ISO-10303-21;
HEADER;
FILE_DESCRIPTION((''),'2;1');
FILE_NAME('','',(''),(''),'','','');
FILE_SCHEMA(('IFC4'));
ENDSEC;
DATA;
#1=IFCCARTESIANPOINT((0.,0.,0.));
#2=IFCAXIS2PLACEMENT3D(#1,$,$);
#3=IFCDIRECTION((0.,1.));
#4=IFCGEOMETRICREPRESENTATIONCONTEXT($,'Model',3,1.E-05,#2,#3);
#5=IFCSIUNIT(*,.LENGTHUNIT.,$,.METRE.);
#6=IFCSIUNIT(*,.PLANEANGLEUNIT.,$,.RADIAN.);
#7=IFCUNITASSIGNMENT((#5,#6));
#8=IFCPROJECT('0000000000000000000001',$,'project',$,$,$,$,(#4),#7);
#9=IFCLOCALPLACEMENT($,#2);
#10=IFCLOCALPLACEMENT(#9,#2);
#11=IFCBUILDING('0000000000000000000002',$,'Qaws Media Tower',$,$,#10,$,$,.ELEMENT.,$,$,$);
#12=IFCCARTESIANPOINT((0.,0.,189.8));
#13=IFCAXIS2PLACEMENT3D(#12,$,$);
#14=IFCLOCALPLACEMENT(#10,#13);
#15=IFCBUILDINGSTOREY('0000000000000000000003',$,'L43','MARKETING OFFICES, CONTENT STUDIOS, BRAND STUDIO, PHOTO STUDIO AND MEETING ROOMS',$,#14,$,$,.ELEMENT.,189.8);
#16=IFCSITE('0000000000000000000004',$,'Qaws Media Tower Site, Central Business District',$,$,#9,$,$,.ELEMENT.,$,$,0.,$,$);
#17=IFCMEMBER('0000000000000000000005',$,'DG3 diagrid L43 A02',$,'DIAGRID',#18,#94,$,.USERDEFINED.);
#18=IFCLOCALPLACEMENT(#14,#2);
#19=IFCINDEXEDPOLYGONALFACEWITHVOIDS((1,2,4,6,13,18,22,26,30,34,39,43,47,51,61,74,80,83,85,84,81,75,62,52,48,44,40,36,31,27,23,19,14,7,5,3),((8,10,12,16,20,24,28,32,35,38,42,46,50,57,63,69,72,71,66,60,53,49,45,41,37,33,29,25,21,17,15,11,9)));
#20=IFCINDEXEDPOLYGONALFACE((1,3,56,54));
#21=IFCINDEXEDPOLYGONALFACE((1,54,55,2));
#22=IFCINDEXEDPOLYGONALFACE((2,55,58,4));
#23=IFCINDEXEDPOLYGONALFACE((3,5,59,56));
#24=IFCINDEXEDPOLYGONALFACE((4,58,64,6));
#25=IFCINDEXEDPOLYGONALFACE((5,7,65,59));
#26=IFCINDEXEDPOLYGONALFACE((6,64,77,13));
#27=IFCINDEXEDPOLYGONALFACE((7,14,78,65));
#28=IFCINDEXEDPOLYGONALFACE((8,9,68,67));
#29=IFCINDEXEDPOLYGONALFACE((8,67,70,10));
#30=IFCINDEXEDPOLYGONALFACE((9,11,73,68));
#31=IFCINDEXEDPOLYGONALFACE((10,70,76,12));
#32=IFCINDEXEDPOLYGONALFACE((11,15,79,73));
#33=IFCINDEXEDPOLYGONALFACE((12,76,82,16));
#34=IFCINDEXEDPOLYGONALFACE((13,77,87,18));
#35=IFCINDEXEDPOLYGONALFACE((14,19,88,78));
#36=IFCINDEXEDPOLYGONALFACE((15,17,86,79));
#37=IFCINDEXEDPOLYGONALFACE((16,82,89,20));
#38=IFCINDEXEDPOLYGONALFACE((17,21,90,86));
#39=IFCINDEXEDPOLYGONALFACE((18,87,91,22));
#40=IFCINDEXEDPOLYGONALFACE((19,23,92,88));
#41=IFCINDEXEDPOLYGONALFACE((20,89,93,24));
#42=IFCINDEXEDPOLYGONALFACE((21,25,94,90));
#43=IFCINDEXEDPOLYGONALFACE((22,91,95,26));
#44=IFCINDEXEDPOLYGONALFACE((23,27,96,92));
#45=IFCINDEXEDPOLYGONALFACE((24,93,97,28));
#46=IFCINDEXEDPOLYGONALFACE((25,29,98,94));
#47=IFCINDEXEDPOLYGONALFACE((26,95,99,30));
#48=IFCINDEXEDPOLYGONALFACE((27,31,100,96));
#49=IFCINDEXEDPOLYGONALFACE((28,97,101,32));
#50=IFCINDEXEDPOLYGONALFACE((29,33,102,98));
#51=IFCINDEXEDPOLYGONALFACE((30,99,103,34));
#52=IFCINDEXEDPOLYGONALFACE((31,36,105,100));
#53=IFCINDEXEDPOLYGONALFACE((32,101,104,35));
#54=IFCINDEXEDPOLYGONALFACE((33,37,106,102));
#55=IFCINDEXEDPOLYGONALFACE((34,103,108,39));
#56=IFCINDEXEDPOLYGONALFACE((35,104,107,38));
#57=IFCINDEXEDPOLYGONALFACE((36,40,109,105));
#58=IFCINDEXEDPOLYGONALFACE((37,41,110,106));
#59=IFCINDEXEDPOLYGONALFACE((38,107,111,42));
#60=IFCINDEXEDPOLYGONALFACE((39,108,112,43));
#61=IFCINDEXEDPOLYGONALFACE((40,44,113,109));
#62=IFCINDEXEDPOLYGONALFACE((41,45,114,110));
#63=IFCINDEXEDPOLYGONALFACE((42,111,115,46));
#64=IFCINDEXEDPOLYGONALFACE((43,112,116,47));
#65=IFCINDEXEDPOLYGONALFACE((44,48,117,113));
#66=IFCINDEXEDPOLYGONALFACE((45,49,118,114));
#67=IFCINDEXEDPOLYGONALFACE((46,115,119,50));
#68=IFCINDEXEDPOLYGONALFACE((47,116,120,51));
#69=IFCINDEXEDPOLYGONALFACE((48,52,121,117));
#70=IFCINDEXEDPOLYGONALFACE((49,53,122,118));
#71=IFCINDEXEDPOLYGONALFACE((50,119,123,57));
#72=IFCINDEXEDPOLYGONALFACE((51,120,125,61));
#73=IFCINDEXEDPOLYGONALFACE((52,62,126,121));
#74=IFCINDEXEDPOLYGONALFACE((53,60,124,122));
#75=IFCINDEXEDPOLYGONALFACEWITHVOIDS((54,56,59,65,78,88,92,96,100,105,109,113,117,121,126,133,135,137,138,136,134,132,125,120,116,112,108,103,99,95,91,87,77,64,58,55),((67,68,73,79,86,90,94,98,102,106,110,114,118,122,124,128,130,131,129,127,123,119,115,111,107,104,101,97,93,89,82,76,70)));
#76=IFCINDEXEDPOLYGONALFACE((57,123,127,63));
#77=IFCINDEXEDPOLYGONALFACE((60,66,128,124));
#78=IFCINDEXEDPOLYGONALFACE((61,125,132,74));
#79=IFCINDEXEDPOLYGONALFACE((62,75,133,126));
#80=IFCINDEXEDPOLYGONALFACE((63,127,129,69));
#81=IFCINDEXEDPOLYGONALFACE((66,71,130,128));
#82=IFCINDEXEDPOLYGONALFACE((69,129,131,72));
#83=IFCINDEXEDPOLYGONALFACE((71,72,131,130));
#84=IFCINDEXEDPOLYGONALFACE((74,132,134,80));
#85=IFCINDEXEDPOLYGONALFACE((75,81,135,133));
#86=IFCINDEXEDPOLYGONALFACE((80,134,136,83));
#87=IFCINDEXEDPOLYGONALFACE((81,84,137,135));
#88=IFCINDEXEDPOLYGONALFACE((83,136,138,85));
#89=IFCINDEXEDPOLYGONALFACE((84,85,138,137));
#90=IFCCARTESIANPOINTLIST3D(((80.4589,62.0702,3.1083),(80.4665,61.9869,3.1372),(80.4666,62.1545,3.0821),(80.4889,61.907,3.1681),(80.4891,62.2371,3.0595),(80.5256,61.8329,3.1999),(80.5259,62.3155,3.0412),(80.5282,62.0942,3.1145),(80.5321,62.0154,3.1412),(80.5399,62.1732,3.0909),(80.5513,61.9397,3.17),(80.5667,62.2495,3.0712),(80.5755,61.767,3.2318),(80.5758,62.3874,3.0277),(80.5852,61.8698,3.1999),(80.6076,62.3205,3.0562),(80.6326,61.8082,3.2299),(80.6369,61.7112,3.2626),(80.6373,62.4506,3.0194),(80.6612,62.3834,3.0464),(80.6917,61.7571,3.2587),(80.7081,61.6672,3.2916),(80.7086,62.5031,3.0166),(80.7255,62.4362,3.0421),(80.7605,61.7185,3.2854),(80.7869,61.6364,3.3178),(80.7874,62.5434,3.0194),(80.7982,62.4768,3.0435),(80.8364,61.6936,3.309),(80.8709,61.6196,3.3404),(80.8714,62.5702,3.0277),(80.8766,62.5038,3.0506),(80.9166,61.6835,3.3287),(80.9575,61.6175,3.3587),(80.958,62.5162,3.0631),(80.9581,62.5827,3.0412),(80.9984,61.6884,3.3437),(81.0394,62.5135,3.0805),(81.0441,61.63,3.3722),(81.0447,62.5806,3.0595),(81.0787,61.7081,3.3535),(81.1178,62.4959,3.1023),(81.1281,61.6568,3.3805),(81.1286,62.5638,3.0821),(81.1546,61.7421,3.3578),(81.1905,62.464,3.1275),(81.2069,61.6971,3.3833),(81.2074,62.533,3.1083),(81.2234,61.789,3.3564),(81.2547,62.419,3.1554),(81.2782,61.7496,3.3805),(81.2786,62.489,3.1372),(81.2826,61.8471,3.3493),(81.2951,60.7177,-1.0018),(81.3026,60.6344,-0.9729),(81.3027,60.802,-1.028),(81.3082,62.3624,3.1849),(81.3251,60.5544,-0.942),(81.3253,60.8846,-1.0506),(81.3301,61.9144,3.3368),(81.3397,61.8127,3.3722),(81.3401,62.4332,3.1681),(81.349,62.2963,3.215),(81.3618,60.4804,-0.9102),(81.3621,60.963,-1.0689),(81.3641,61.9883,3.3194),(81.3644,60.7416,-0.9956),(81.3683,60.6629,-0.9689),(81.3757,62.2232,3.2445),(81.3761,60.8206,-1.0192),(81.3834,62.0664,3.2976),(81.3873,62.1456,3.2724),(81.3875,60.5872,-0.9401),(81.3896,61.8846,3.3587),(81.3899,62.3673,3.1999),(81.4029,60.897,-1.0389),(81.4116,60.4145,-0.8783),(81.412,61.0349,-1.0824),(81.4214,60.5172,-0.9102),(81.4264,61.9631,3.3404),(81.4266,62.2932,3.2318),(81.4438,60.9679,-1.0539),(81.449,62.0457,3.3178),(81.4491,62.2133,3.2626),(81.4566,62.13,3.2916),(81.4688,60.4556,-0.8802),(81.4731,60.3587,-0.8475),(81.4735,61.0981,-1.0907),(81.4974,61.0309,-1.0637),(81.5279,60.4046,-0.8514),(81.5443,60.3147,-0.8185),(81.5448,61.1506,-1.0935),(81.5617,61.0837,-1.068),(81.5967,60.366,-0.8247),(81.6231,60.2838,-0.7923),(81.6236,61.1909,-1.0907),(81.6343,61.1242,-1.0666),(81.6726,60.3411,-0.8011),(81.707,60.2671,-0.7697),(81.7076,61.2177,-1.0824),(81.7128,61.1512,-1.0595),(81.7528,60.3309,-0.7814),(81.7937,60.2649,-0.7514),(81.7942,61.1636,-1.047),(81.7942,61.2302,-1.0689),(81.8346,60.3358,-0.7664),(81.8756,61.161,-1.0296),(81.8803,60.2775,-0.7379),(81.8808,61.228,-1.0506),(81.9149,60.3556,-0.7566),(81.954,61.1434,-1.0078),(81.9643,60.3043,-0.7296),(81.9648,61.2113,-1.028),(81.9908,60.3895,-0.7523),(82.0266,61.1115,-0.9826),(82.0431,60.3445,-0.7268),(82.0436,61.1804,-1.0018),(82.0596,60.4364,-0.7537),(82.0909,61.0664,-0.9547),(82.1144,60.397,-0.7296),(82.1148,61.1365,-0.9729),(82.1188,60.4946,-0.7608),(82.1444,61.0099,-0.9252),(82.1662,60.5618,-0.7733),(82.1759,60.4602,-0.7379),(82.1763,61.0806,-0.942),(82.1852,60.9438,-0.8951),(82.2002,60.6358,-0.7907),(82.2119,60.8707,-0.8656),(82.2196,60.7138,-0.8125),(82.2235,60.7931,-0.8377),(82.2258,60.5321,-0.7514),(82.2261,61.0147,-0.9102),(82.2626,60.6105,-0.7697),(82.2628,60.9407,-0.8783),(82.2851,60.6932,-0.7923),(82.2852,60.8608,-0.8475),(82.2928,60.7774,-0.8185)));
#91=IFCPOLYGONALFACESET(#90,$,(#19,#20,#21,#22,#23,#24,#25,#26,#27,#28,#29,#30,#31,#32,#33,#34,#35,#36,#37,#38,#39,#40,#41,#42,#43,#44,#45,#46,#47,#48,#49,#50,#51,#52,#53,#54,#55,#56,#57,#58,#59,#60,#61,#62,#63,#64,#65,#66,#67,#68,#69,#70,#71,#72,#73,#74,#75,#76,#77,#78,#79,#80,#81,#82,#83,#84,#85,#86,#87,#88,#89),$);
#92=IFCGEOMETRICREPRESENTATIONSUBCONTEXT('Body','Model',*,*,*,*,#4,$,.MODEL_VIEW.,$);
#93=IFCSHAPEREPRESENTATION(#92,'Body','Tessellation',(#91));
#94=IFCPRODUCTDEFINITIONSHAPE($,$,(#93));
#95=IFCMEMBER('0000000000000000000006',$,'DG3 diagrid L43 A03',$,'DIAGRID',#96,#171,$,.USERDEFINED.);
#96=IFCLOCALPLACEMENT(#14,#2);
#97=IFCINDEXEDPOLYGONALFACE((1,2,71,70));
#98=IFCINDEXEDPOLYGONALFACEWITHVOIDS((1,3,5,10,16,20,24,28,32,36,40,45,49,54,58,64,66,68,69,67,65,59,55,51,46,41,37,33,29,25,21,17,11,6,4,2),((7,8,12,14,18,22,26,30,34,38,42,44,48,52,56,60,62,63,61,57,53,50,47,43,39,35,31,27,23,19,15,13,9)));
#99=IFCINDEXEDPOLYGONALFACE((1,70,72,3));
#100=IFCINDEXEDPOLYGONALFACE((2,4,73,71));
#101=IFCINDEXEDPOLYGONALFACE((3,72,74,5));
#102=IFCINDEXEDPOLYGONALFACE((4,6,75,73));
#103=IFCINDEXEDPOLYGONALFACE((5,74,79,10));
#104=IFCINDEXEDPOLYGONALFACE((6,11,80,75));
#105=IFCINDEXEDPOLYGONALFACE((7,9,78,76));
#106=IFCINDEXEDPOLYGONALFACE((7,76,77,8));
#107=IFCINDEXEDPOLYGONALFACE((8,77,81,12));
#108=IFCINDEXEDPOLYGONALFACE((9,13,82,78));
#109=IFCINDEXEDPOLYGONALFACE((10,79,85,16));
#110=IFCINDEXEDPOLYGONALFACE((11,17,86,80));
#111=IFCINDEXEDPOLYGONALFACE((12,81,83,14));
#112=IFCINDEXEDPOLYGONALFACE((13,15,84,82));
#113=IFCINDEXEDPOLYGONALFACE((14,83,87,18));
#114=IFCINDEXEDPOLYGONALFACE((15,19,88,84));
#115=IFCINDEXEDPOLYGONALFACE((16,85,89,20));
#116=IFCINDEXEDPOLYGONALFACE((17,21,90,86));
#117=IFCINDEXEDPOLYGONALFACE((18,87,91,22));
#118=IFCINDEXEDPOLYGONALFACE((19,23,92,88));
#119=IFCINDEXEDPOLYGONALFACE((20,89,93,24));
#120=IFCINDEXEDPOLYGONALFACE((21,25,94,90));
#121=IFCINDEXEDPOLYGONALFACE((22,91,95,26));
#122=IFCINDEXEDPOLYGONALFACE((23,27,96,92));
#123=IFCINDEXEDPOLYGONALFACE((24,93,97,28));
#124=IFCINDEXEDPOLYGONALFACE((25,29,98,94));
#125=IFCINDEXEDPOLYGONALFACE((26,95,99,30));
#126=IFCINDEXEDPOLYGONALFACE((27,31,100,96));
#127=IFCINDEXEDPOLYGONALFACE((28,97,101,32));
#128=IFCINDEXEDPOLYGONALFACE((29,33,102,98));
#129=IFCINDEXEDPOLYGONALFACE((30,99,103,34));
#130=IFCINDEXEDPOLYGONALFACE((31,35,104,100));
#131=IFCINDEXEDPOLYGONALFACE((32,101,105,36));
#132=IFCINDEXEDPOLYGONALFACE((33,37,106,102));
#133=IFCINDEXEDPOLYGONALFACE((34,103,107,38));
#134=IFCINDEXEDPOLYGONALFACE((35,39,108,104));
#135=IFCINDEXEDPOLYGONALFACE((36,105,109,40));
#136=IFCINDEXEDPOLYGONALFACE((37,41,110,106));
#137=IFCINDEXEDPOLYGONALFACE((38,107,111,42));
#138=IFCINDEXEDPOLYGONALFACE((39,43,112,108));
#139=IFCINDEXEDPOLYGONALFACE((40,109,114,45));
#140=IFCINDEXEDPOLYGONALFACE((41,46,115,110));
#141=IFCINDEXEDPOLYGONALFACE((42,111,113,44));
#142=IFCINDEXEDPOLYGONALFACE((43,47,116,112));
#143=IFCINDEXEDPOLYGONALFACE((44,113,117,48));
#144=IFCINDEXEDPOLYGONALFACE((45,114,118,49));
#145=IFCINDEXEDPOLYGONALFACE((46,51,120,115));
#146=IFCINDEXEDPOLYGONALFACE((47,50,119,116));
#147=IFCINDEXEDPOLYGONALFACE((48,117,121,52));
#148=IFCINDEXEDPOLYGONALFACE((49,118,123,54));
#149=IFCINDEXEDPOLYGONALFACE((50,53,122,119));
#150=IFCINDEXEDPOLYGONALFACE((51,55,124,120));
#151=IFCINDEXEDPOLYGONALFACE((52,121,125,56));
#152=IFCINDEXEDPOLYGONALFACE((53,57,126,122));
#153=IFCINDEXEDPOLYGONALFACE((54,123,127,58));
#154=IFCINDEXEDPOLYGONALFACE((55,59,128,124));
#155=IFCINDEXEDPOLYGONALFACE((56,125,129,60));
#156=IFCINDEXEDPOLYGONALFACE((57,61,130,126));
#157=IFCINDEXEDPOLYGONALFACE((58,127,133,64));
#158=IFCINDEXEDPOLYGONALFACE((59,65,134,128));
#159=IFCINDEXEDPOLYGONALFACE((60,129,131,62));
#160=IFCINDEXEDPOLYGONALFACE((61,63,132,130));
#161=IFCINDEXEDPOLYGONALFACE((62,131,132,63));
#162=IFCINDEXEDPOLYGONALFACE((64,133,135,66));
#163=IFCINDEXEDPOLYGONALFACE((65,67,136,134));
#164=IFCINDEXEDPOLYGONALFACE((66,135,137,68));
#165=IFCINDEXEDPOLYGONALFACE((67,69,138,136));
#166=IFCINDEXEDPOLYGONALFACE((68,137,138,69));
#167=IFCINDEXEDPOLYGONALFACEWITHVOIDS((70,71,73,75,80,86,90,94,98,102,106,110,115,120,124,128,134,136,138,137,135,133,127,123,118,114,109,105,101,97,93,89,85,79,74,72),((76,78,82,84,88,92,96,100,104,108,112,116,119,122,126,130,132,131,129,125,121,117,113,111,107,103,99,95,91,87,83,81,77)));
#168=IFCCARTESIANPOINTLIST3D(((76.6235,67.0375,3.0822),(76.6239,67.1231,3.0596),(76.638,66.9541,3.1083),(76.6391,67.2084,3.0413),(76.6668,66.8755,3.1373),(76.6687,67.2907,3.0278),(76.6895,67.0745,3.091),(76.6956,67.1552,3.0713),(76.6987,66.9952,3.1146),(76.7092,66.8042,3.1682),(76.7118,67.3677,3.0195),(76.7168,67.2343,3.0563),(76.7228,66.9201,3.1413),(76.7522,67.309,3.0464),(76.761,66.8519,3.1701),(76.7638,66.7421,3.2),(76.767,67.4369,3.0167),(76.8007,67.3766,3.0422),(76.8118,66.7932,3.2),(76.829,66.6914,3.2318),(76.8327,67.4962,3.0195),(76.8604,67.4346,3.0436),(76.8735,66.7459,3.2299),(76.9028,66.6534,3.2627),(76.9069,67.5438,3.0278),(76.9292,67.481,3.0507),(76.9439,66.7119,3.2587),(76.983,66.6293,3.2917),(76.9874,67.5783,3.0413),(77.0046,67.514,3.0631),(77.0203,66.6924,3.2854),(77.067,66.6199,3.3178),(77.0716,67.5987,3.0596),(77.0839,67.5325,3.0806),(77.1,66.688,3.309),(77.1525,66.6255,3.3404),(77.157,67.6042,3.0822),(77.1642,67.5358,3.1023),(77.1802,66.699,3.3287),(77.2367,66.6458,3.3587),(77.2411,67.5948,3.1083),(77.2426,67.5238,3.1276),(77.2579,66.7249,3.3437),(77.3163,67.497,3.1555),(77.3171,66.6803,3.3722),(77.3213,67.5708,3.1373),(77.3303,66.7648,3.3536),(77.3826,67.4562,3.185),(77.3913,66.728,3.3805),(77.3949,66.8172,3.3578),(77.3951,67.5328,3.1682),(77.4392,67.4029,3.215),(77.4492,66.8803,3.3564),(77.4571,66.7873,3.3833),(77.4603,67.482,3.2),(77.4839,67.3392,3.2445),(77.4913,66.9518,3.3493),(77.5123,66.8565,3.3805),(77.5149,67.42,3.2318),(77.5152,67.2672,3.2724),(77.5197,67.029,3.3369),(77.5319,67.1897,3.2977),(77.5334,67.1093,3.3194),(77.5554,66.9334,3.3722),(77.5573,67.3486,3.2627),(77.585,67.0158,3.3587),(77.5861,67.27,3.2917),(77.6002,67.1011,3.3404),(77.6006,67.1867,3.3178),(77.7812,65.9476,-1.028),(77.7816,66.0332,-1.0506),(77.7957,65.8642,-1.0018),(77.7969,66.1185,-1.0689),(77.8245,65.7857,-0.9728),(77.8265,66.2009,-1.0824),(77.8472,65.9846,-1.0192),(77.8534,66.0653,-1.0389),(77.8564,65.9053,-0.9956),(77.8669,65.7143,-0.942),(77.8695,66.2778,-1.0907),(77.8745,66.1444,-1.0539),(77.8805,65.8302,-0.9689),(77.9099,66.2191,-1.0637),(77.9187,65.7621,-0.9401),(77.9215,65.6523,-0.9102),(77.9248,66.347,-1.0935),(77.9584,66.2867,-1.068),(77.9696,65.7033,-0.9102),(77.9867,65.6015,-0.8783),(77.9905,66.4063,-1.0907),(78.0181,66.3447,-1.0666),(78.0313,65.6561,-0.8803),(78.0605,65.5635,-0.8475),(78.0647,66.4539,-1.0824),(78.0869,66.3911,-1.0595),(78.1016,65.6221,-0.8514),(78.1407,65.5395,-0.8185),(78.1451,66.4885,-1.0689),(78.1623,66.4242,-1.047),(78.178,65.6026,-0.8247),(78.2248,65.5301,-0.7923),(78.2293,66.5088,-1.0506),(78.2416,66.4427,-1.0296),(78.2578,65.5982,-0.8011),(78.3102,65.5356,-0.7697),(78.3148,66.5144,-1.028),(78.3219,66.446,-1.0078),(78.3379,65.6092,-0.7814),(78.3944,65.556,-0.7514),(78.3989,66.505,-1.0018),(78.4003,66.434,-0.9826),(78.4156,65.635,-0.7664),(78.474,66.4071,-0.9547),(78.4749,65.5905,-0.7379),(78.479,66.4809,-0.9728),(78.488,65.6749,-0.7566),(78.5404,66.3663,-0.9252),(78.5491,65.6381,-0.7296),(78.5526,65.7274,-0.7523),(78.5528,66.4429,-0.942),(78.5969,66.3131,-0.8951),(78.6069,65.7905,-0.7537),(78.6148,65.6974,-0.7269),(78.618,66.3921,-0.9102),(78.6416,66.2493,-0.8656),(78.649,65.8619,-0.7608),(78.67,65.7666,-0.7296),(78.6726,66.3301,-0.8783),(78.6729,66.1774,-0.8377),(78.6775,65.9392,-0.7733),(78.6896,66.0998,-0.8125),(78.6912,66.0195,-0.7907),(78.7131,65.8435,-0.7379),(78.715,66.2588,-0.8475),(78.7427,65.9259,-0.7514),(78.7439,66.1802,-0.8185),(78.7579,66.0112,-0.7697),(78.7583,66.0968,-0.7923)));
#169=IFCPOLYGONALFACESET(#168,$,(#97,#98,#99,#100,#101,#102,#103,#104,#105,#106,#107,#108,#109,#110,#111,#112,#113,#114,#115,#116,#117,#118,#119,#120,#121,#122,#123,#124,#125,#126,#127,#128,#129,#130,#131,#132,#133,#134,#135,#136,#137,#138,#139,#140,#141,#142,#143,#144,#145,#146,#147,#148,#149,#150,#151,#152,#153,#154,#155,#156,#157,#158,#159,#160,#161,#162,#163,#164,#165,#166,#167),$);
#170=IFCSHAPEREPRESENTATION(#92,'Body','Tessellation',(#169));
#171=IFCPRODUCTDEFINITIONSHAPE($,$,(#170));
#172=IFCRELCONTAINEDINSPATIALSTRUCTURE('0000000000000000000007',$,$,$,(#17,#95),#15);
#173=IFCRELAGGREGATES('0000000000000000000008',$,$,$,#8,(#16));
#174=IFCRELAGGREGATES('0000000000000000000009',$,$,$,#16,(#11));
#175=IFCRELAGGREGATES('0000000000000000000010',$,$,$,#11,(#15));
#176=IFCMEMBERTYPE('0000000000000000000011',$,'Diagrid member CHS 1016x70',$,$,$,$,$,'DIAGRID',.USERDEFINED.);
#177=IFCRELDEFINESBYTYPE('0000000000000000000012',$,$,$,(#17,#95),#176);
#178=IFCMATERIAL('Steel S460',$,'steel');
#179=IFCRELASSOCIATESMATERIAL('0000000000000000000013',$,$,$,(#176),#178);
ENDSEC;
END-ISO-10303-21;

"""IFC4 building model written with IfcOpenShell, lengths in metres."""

from ifc_helpers import new_model, si_unit, direction, frame, origin, origin_2d, place, context, subcontext, project, spatial, hollow_circle, extrude, material, material_profile, profile_set, type_object, element, save


model = new_model("IFC4")

# Units and contexts
model_context = context("Model", 3, precision=1e-05, world=origin(), true_north=direction((0.0, 1.0)))
body_context = subcontext(model_context, "Body", "Model", "MODEL_VIEW")
ifc_project = project(units=[si_unit("LENGTHUNIT", "METRE"), si_unit("PLANEANGLEUNIT", "RADIAN")], contexts=[model_context])

# Site, building, storey
site_placement = place(None, origin())
site = spatial("IfcSite", under=ifc_project, at=site_placement, Name="Qaws Media Tower Site, Central Business District", CompositionType="ELEMENT", RefElevation=0.0)
building_placement = place(site_placement, origin())
building = spatial("IfcBuilding", under=site, at=building_placement, Name="Qaws Media Tower", CompositionType="ELEMENT")
storey_placement = place(building_placement, frame((0.0, 0.0, 189.8)))
storey = spatial("IfcBuildingStorey", under=building, at=storey_placement, Name="L43", Description="MARKETING OFFICES, CONTENT STUDIOS, BRAND STUDIO, PHOTO STUDIO AND MEETING ROOMS", CompositionType="ELEMENT", Elevation=189.8)

# Members
ifc_material_1 = material(Name="Steel S460", Category="steel")
ifc_material_profile_1 = material_profile(ifc_material_1, hollow_circle(Radius=0.5081, WallThickness=0.0701, at=origin_2d()), Name="CHS 1016x70")
ifc_profile_set_1 = profile_set([ifc_material_profile_1], Name="Steel S460")
member_type_1 = type_object("IfcMemberType", Name="Diagrid member CHS 1016x70", ElementType="DIAGRID", PredefinedType="USERDEFINED", material=ifc_profile_set_1)
for number, where, z_axis, x_axis, name in (
    (1, (81.7939, 60.7476, -0.9102), (-0.18974, 0.306908, 0.932634), (-0.850576, -0.525852, 0.0), "DG3 diagrid L43 A02"),
    (2, (78.2698, 66.0222, -0.9102), (-0.262703, 0.247302, 0.932646), (-0.685441, -0.728128, 0.0), "DG3 diagrid L43 A03"),
):
    element("IfcMember", number, at=place(storey_placement, frame(where, z_axis=z_axis, x_axis=x_axis)), inside=storey, type_object=member_type_1, Name=name, ObjectType="DIAGRID", PredefinedType="USERDEFINED", context=body_context, shape_type="SweptSolid", body=[
        extrude(hollow_circle(Radius=0.5081, WallThickness=0.0701, at=origin_2d()), origin(), (0.0, 0.0, 1.0), 4.407),
    ])

save(model, "model.ifc")
